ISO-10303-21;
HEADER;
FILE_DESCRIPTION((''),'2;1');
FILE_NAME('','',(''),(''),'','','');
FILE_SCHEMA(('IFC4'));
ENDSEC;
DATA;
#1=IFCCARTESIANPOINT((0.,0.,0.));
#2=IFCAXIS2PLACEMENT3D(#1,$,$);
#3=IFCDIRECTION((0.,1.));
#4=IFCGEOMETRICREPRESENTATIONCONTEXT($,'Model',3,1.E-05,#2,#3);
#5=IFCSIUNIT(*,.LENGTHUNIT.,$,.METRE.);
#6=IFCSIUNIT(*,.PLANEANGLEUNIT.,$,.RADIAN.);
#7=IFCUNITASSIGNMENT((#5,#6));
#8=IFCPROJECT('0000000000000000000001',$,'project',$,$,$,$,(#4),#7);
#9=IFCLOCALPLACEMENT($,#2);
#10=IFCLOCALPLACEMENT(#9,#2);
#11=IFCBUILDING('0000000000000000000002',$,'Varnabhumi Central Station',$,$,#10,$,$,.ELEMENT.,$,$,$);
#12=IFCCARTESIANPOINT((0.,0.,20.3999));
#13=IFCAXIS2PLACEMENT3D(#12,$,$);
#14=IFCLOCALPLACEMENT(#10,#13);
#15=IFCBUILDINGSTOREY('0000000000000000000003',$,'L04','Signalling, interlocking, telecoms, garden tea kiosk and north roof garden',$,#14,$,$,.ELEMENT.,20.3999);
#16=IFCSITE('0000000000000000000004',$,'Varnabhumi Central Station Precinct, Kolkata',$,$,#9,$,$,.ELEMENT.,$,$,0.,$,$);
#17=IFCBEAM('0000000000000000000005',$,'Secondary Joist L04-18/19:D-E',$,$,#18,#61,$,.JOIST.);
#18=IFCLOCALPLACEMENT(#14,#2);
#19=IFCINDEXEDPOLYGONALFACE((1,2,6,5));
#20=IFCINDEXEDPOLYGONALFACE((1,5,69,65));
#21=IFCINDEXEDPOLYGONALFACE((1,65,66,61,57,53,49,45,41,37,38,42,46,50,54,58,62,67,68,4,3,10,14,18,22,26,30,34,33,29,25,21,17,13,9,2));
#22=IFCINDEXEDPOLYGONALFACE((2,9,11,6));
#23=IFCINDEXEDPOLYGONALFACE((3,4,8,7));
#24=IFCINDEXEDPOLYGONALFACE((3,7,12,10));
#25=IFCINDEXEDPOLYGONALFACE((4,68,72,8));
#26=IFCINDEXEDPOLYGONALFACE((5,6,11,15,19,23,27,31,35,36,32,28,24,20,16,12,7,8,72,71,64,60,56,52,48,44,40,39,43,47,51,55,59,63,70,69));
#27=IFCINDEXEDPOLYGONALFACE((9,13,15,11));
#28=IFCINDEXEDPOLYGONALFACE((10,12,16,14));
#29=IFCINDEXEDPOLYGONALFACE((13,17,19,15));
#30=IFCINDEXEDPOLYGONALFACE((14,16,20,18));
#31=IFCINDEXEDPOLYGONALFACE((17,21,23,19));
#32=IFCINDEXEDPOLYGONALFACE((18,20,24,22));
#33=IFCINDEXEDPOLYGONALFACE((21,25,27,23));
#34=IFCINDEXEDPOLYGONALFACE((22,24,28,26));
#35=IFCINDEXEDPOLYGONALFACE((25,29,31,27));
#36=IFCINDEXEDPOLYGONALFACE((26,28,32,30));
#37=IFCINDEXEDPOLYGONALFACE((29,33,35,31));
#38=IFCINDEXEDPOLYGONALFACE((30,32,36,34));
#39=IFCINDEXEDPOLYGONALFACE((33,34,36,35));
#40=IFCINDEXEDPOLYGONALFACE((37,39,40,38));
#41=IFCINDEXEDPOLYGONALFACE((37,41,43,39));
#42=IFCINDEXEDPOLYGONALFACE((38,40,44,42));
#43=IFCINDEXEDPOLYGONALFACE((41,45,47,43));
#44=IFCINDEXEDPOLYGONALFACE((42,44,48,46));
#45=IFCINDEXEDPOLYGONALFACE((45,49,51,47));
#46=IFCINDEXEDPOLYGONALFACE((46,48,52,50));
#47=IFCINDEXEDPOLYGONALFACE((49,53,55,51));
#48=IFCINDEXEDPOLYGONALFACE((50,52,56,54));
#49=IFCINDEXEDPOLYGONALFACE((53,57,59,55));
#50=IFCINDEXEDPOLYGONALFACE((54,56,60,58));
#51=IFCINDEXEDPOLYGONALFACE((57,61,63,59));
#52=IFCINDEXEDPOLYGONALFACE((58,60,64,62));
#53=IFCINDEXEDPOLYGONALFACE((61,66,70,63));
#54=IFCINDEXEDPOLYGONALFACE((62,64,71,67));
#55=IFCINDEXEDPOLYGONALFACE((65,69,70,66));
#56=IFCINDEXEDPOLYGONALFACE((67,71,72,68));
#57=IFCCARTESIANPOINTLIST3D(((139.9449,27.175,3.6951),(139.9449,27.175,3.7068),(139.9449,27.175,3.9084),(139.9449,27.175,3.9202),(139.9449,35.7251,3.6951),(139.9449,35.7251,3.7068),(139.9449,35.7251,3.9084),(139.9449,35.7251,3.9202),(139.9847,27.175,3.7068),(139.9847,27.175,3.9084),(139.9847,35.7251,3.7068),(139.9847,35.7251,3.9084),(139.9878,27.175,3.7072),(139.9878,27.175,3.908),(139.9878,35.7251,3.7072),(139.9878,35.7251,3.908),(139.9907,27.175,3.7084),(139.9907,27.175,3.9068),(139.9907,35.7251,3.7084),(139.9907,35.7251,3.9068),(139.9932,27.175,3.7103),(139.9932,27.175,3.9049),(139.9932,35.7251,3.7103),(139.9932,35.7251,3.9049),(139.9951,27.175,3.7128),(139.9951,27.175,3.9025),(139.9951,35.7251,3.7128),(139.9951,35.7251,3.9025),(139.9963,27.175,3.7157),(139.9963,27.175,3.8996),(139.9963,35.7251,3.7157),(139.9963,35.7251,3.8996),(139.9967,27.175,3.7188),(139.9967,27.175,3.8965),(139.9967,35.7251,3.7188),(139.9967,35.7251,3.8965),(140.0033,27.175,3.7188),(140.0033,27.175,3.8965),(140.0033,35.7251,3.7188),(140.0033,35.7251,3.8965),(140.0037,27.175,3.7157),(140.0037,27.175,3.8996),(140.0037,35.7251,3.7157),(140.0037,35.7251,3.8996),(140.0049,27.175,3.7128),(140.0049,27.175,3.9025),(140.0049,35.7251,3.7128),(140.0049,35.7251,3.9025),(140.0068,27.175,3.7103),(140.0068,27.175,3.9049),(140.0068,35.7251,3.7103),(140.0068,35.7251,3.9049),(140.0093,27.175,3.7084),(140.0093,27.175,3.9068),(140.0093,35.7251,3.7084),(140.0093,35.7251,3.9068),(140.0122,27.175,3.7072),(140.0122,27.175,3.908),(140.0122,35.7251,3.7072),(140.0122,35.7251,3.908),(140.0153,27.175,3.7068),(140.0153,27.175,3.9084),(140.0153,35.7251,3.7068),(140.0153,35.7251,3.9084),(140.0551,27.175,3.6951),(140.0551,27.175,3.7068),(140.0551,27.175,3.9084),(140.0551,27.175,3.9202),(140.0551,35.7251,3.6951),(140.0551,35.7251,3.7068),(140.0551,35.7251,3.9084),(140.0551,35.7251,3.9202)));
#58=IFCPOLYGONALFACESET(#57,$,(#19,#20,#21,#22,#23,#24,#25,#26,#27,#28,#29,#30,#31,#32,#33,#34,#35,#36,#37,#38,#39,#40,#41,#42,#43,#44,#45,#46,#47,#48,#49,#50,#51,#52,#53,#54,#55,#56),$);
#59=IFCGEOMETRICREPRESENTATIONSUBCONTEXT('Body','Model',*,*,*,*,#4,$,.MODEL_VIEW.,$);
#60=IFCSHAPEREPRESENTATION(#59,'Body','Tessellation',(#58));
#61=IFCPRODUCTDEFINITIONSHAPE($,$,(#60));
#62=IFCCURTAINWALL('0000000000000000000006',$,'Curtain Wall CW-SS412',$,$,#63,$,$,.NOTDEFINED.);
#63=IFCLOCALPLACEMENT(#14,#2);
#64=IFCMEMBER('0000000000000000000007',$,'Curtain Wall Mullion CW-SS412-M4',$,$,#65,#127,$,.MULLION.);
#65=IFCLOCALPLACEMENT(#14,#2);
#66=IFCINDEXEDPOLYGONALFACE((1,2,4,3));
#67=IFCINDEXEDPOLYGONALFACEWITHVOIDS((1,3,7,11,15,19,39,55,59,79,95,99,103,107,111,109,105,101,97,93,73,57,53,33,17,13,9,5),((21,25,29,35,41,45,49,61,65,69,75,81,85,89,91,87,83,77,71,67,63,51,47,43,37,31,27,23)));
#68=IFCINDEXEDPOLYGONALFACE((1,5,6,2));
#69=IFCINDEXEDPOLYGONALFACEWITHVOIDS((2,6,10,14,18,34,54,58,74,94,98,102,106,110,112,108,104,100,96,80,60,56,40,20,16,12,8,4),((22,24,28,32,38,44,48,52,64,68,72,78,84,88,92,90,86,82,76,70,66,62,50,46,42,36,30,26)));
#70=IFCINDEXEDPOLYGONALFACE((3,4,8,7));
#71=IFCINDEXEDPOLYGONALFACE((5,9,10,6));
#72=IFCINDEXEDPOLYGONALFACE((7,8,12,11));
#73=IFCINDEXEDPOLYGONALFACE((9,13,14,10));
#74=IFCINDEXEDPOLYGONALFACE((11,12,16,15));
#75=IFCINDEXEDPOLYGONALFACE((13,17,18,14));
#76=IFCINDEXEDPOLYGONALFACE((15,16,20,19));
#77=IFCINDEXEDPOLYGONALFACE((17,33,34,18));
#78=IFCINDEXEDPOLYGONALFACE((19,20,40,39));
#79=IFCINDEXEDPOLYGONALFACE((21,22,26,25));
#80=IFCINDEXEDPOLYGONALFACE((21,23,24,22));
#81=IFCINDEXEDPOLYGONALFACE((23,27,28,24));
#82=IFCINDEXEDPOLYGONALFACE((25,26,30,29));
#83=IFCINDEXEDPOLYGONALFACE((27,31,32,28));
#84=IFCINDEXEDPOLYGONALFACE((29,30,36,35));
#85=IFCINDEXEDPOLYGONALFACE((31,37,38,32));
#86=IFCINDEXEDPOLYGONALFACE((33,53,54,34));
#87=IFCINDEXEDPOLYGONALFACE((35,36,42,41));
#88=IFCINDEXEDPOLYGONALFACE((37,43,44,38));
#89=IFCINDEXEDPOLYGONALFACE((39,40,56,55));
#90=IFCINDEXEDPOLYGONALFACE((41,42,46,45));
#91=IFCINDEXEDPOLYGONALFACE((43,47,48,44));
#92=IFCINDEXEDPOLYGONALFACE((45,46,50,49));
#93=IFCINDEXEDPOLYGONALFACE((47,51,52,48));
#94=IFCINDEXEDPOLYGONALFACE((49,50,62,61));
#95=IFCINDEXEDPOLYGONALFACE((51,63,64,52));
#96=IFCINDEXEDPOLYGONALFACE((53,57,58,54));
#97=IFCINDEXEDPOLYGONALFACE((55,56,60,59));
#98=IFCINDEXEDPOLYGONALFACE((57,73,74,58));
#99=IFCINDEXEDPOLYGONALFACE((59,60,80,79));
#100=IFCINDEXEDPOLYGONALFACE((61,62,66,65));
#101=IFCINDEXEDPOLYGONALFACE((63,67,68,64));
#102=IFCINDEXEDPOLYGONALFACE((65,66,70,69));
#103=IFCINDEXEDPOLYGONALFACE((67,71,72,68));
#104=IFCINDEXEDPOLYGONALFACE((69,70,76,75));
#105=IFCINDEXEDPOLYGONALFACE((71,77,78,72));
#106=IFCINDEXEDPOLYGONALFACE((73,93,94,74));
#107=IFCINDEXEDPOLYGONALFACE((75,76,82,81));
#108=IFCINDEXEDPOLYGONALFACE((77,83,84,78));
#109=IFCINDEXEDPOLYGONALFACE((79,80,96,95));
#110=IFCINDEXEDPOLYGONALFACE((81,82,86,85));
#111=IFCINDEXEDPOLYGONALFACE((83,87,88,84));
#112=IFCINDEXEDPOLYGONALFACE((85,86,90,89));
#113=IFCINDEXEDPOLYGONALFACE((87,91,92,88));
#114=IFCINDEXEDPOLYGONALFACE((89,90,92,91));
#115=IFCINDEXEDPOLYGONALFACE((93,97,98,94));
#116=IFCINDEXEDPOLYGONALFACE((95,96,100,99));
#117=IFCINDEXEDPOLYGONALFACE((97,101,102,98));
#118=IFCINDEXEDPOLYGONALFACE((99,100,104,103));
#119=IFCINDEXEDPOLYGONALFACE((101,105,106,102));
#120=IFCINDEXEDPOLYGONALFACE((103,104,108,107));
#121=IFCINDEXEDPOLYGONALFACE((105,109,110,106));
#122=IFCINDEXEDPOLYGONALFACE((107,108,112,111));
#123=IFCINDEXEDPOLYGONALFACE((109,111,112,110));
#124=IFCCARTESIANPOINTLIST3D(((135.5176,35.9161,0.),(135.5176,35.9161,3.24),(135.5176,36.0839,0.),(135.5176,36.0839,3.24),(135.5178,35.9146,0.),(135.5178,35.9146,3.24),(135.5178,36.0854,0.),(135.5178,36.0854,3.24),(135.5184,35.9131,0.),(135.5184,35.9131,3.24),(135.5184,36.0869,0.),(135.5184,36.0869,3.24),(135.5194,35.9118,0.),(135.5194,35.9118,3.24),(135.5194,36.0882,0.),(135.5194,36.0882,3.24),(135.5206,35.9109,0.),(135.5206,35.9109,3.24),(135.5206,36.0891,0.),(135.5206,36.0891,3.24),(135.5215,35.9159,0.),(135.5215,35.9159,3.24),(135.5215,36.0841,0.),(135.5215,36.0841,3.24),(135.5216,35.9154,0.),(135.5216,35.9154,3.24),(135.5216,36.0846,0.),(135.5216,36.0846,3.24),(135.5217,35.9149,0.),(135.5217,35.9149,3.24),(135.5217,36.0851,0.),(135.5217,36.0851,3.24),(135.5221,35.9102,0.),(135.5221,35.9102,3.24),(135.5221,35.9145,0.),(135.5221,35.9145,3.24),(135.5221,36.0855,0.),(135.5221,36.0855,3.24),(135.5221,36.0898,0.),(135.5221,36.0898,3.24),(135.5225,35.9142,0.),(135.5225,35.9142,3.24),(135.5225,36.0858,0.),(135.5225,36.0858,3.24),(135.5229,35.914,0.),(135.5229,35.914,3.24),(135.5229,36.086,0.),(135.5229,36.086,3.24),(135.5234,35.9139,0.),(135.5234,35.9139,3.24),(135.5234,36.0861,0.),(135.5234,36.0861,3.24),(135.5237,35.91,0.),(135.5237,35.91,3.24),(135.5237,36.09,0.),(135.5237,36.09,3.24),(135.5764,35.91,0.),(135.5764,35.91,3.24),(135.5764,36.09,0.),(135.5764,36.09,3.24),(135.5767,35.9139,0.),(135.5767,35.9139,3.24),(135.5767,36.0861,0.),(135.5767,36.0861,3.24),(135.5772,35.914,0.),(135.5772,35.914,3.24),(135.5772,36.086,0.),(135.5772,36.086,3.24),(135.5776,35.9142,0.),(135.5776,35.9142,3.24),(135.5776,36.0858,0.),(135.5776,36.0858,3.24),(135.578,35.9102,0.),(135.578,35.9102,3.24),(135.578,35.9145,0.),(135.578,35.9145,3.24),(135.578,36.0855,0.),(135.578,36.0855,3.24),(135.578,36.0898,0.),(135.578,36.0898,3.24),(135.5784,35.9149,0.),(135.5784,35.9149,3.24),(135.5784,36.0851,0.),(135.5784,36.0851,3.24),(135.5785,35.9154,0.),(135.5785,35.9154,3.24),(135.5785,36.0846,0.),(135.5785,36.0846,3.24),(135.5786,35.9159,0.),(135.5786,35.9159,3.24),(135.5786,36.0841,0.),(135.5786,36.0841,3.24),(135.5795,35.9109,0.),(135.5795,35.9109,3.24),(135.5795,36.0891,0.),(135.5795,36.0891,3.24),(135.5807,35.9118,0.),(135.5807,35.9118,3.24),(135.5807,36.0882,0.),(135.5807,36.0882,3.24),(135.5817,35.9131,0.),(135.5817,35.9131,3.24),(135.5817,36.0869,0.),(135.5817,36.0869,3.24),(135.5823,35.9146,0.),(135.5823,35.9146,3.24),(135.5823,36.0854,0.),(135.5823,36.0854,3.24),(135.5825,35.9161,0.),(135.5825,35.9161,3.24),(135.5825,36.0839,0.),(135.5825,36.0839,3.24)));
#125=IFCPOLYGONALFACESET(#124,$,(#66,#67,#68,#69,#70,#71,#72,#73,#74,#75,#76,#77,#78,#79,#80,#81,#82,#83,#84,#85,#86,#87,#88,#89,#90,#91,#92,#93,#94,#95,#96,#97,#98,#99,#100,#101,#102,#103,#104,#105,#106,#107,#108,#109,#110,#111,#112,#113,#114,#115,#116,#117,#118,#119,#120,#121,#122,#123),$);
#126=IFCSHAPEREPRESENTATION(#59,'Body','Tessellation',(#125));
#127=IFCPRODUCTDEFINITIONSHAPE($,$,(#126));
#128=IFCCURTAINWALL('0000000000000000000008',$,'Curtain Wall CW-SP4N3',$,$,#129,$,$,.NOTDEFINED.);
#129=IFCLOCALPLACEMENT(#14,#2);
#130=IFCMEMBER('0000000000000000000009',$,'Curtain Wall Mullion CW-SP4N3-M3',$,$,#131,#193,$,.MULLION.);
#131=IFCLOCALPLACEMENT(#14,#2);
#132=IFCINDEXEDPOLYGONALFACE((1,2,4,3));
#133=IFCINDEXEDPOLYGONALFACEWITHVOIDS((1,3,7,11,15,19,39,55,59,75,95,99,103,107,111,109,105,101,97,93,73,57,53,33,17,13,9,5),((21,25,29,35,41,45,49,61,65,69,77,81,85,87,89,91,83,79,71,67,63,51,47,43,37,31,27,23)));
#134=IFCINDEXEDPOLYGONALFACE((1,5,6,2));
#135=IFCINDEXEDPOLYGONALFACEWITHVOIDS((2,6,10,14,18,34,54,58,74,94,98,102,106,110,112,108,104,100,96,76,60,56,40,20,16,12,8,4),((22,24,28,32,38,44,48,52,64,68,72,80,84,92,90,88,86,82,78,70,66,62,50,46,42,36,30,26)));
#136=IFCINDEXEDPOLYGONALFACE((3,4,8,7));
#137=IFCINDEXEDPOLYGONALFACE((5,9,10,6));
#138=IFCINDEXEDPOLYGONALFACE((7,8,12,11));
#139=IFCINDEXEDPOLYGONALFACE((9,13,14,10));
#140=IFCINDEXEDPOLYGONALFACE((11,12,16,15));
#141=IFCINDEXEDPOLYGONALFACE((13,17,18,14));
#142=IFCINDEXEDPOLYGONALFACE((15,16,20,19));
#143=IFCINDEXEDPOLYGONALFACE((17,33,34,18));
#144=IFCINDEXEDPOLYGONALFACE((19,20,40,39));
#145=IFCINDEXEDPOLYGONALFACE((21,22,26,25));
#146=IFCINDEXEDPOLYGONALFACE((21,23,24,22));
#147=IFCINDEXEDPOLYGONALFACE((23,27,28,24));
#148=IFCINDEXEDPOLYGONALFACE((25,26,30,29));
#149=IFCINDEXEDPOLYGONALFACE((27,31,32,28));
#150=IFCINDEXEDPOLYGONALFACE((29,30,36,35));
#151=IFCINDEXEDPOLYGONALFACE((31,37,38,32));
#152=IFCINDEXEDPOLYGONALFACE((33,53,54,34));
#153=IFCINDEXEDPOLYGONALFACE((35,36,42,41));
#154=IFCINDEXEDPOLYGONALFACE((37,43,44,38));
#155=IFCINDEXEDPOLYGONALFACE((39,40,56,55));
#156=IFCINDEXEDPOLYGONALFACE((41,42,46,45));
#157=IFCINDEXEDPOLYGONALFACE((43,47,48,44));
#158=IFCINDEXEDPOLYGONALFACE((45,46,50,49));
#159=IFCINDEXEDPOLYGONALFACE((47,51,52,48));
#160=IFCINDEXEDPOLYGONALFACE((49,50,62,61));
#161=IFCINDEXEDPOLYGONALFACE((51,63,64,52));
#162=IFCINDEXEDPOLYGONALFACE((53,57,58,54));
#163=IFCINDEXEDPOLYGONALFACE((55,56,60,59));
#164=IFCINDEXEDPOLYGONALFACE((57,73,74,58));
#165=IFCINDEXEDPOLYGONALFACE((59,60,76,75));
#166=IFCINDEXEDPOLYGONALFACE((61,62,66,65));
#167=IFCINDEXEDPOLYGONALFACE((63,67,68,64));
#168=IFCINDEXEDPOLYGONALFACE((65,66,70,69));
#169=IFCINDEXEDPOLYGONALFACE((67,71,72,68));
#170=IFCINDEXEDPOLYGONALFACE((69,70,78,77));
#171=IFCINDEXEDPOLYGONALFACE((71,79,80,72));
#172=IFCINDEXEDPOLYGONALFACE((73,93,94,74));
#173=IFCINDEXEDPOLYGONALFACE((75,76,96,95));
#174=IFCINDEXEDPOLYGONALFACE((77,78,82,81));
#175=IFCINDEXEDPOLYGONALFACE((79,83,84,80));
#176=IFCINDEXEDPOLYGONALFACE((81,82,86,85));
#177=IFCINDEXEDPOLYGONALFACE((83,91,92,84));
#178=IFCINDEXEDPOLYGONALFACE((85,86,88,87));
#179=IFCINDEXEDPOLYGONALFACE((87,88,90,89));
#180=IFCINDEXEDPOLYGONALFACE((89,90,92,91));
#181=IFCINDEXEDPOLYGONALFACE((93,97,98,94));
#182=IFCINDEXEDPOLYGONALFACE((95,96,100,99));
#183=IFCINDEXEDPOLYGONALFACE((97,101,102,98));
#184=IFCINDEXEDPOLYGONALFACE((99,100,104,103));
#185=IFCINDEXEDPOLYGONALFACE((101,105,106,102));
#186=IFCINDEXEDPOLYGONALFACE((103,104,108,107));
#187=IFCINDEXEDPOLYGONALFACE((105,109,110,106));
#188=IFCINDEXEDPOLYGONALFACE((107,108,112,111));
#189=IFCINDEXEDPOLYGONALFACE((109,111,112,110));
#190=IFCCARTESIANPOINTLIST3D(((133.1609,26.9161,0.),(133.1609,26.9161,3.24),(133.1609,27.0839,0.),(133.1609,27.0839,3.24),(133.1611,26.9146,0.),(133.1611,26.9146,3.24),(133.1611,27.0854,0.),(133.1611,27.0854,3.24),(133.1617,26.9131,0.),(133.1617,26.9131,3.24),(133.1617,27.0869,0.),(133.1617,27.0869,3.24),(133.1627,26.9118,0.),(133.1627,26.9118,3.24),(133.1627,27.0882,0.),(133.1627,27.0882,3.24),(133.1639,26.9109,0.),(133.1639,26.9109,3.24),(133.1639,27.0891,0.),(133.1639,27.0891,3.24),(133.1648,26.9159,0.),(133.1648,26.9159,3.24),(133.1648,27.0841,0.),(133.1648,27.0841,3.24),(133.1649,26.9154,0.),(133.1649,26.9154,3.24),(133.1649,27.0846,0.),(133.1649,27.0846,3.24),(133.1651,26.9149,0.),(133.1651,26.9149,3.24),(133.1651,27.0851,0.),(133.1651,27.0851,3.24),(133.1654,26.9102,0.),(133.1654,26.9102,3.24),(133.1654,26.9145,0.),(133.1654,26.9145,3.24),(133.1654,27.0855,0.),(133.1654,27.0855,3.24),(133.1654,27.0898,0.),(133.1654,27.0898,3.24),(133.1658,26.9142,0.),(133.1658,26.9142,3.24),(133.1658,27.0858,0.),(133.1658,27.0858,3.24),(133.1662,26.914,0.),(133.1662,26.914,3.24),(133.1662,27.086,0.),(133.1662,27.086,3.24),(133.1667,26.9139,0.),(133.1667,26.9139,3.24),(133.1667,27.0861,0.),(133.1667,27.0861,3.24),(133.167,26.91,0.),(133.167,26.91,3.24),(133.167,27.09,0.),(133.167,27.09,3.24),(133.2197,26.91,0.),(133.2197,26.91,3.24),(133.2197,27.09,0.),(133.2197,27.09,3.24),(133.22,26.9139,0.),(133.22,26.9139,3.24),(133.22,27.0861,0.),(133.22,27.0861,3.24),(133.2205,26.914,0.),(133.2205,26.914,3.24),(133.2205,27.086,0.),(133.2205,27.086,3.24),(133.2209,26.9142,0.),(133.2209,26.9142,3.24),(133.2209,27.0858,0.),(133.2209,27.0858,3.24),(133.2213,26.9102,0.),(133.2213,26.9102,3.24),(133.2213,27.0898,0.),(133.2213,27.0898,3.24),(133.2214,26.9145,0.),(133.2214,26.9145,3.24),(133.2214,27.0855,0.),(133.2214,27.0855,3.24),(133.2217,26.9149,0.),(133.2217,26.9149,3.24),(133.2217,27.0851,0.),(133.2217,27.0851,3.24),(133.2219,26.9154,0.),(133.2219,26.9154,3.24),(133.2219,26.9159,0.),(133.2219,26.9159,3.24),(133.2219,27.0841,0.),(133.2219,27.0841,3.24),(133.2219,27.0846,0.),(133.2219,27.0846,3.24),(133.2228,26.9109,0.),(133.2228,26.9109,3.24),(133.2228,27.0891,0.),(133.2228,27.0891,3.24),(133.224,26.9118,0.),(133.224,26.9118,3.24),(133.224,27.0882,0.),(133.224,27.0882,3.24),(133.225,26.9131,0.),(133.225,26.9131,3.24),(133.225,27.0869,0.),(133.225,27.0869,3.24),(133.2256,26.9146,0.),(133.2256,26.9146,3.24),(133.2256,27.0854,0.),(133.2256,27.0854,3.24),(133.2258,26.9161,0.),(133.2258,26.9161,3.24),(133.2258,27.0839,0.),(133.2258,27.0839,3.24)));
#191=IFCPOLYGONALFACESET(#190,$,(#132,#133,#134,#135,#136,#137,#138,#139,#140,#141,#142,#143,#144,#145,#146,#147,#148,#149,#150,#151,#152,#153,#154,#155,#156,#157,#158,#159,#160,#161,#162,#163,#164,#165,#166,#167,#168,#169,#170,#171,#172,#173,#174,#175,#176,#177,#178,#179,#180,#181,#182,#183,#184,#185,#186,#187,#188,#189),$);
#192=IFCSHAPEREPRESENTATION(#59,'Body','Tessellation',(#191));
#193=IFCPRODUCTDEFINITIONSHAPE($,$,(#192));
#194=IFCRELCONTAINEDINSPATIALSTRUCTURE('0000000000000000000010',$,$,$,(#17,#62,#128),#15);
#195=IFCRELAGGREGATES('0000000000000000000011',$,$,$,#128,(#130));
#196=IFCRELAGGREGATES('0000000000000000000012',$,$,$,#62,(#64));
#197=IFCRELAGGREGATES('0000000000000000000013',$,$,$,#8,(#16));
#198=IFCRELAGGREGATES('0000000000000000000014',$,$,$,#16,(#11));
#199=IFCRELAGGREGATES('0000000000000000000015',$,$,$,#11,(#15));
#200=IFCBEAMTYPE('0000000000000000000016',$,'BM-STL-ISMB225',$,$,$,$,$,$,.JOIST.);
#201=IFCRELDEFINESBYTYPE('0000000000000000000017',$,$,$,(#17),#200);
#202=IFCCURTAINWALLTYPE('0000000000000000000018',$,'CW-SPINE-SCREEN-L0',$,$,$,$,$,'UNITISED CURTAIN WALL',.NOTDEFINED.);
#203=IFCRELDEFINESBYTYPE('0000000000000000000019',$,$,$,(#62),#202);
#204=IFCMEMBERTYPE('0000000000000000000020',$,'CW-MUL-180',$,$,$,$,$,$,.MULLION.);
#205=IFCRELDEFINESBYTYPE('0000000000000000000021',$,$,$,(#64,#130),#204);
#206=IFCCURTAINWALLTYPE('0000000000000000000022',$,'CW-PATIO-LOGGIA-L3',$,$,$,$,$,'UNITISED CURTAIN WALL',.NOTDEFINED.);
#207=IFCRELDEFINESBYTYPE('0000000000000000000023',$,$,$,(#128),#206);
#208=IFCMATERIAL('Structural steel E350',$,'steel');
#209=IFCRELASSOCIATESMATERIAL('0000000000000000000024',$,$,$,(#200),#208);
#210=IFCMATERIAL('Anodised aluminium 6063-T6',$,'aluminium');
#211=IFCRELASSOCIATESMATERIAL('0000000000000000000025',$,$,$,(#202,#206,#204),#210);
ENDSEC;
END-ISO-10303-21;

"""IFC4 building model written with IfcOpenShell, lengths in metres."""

from ifc_helpers import new_model, si_unit, direction, frame, origin, origin_2d, place, context, subcontext, project, spatial, hollow_rectangle, i_section, extrude, material, material_profile, profile_set, type_object, element, aggregate, save


model = new_model("IFC4")

# Units and contexts
model_context = context("Model", 3, precision=1e-05, world=origin(), true_north=direction((0.0, 1.0)))
body_context = subcontext(model_context, "Body", "Model", "MODEL_VIEW")
ifc_project = project(units=[si_unit("LENGTHUNIT", "METRE"), si_unit("PLANEANGLEUNIT", "RADIAN")], contexts=[model_context])

# Site, building, storey
site_placement = place(None, origin())
site = spatial("IfcSite", under=ifc_project, at=site_placement, Name="Varnabhumi Central Station Precinct, Kolkata", CompositionType="ELEMENT", RefElevation=0.0)
building_placement = place(site_placement, origin())
building = spatial("IfcBuilding", under=site, at=building_placement, Name="Varnabhumi Central Station", CompositionType="ELEMENT")
storey_placement = place(building_placement, frame((0.0, 0.0, 20.3999)))
storey = spatial("IfcBuildingStorey", under=building, at=storey_placement, Name="L04", Description="Signalling, interlocking, telecoms, garden tea kiosk and north roof garden", CompositionType="ELEMENT", Elevation=20.3999)

# Beam
ifc_material_1 = material(Name="Structural steel E350", Category="steel")
ifc_material_profile_1 = material_profile(ifc_material_1, i_section(OverallWidth=0.1101, OverallDepth=0.2251, WebThickness=0.0066, FlangeThickness=0.0117, FilletRadius=0.012, at=origin_2d()), Name="Structural steel E350", Category="steel")
ifc_profile_set_1 = profile_set([ifc_material_profile_1], Name="Structural steel E350")
beam_type_1 = type_object("IfcBeamType", Name="BM-STL-ISMB225", PredefinedType="JOIST", material=ifc_profile_set_1)
beam_1_placement = place(storey_placement, frame((140.0, 27.175, 3.8076), z_axis=(0.0, 1.0, 0.0), x_axis=(-1.0, 0.0, 0.0)))
element("IfcBeam", 1, at=beam_1_placement, inside=storey, type_object=beam_type_1, Name="Secondary Joist L04-18/19:D-E", PredefinedType="JOIST", context=body_context, shape_type="SweptSolid", body=[
    extrude(i_section(OverallWidth=0.1101, OverallDepth=0.2251, WebThickness=0.0066, FlangeThickness=0.0117, FilletRadius=0.012, at=origin_2d()), origin(), (0.0, 0.0, 1.0), 8.55),
])

# Curtain wall, member
ifc_material_2 = material(Name="Anodised aluminium 6063-T6", Category="aluminium")
curtain_wall_type_1 = type_object("IfcCurtainWallType", Name="CW-SPINE-SCREEN-L0", ElementType="UNITISED CURTAIN WALL", PredefinedType="NOTDEFINED", material=ifc_material_2)
curtain_wall_1_placement = place(storey_placement, origin())
curtain_wall_1 = element("IfcCurtainWall", 2, at=curtain_wall_1_placement, inside=storey, type_object=curtain_wall_type_1, Name="Curtain Wall CW-SS412", PredefinedType="NOTDEFINED")
ifc_material_profile_2 = material_profile(ifc_material_2, hollow_rectangle(XDim=0.0649, YDim=0.1799, WallThickness=0.0039, InnerFilletRadius=0.002, OuterFilletRadius=0.0061, at=origin_2d()), Name="Anodised aluminium 6063-T6", Category="aluminium")
ifc_profile_set_2 = profile_set([ifc_material_profile_2], Name="Anodised aluminium 6063-T6")
member_type_1 = type_object("IfcMemberType", Name="CW-MUL-180", PredefinedType="MULLION", material=ifc_profile_set_2)
member_1_placement = place(storey_placement, frame((135.55, 36.0, 0.0), z_axis=(0.0, 0.0, 1.0), x_axis=(1.0, 0.0, 0.0)))
member_1 = element("IfcMember", 3, at=member_1_placement, type_object=member_type_1, Name="Curtain Wall Mullion CW-SS412-M4", PredefinedType="MULLION", context=body_context, shape_type="SweptSolid", body=[
    extrude(hollow_rectangle(XDim=0.0649, YDim=0.1799, WallThickness=0.0039, InnerFilletRadius=0.002, OuterFilletRadius=0.0061, at=origin_2d()), origin(), (0.0, 0.0, 1.0), 3.24),
])

# Curtain wall, member
curtain_wall_type_2 = type_object("IfcCurtainWallType", Name="CW-PATIO-LOGGIA-L3", ElementType="UNITISED CURTAIN WALL", PredefinedType="NOTDEFINED", material=ifc_material_2)
curtain_wall_2_placement = place(storey_placement, origin())
curtain_wall_2 = element("IfcCurtainWall", 4, at=curtain_wall_2_placement, inside=storey, type_object=curtain_wall_type_2, Name="Curtain Wall CW-SP4N3", PredefinedType="NOTDEFINED")
member_2_placement = place(storey_placement, frame((133.1934, 27.0, 0.0), z_axis=(0.0, 0.0, 1.0), x_axis=(1.0, 0.0, 0.0)))
member_2 = element("IfcMember", 5, at=member_2_placement, type_object=member_type_1, Name="Curtain Wall Mullion CW-SP4N3-M3", PredefinedType="MULLION", context=body_context, shape_type="SweptSolid", body=[
    extrude(hollow_rectangle(XDim=0.0649, YDim=0.1799, WallThickness=0.0039, InnerFilletRadius=0.002, OuterFilletRadius=0.0061, at=origin_2d()), origin(), (0.0, 0.0, 1.0), 3.24),
])

aggregate(curtain_wall_2, [member_2])
aggregate(curtain_wall_1, [member_1])

save(model, "model.ifc")
